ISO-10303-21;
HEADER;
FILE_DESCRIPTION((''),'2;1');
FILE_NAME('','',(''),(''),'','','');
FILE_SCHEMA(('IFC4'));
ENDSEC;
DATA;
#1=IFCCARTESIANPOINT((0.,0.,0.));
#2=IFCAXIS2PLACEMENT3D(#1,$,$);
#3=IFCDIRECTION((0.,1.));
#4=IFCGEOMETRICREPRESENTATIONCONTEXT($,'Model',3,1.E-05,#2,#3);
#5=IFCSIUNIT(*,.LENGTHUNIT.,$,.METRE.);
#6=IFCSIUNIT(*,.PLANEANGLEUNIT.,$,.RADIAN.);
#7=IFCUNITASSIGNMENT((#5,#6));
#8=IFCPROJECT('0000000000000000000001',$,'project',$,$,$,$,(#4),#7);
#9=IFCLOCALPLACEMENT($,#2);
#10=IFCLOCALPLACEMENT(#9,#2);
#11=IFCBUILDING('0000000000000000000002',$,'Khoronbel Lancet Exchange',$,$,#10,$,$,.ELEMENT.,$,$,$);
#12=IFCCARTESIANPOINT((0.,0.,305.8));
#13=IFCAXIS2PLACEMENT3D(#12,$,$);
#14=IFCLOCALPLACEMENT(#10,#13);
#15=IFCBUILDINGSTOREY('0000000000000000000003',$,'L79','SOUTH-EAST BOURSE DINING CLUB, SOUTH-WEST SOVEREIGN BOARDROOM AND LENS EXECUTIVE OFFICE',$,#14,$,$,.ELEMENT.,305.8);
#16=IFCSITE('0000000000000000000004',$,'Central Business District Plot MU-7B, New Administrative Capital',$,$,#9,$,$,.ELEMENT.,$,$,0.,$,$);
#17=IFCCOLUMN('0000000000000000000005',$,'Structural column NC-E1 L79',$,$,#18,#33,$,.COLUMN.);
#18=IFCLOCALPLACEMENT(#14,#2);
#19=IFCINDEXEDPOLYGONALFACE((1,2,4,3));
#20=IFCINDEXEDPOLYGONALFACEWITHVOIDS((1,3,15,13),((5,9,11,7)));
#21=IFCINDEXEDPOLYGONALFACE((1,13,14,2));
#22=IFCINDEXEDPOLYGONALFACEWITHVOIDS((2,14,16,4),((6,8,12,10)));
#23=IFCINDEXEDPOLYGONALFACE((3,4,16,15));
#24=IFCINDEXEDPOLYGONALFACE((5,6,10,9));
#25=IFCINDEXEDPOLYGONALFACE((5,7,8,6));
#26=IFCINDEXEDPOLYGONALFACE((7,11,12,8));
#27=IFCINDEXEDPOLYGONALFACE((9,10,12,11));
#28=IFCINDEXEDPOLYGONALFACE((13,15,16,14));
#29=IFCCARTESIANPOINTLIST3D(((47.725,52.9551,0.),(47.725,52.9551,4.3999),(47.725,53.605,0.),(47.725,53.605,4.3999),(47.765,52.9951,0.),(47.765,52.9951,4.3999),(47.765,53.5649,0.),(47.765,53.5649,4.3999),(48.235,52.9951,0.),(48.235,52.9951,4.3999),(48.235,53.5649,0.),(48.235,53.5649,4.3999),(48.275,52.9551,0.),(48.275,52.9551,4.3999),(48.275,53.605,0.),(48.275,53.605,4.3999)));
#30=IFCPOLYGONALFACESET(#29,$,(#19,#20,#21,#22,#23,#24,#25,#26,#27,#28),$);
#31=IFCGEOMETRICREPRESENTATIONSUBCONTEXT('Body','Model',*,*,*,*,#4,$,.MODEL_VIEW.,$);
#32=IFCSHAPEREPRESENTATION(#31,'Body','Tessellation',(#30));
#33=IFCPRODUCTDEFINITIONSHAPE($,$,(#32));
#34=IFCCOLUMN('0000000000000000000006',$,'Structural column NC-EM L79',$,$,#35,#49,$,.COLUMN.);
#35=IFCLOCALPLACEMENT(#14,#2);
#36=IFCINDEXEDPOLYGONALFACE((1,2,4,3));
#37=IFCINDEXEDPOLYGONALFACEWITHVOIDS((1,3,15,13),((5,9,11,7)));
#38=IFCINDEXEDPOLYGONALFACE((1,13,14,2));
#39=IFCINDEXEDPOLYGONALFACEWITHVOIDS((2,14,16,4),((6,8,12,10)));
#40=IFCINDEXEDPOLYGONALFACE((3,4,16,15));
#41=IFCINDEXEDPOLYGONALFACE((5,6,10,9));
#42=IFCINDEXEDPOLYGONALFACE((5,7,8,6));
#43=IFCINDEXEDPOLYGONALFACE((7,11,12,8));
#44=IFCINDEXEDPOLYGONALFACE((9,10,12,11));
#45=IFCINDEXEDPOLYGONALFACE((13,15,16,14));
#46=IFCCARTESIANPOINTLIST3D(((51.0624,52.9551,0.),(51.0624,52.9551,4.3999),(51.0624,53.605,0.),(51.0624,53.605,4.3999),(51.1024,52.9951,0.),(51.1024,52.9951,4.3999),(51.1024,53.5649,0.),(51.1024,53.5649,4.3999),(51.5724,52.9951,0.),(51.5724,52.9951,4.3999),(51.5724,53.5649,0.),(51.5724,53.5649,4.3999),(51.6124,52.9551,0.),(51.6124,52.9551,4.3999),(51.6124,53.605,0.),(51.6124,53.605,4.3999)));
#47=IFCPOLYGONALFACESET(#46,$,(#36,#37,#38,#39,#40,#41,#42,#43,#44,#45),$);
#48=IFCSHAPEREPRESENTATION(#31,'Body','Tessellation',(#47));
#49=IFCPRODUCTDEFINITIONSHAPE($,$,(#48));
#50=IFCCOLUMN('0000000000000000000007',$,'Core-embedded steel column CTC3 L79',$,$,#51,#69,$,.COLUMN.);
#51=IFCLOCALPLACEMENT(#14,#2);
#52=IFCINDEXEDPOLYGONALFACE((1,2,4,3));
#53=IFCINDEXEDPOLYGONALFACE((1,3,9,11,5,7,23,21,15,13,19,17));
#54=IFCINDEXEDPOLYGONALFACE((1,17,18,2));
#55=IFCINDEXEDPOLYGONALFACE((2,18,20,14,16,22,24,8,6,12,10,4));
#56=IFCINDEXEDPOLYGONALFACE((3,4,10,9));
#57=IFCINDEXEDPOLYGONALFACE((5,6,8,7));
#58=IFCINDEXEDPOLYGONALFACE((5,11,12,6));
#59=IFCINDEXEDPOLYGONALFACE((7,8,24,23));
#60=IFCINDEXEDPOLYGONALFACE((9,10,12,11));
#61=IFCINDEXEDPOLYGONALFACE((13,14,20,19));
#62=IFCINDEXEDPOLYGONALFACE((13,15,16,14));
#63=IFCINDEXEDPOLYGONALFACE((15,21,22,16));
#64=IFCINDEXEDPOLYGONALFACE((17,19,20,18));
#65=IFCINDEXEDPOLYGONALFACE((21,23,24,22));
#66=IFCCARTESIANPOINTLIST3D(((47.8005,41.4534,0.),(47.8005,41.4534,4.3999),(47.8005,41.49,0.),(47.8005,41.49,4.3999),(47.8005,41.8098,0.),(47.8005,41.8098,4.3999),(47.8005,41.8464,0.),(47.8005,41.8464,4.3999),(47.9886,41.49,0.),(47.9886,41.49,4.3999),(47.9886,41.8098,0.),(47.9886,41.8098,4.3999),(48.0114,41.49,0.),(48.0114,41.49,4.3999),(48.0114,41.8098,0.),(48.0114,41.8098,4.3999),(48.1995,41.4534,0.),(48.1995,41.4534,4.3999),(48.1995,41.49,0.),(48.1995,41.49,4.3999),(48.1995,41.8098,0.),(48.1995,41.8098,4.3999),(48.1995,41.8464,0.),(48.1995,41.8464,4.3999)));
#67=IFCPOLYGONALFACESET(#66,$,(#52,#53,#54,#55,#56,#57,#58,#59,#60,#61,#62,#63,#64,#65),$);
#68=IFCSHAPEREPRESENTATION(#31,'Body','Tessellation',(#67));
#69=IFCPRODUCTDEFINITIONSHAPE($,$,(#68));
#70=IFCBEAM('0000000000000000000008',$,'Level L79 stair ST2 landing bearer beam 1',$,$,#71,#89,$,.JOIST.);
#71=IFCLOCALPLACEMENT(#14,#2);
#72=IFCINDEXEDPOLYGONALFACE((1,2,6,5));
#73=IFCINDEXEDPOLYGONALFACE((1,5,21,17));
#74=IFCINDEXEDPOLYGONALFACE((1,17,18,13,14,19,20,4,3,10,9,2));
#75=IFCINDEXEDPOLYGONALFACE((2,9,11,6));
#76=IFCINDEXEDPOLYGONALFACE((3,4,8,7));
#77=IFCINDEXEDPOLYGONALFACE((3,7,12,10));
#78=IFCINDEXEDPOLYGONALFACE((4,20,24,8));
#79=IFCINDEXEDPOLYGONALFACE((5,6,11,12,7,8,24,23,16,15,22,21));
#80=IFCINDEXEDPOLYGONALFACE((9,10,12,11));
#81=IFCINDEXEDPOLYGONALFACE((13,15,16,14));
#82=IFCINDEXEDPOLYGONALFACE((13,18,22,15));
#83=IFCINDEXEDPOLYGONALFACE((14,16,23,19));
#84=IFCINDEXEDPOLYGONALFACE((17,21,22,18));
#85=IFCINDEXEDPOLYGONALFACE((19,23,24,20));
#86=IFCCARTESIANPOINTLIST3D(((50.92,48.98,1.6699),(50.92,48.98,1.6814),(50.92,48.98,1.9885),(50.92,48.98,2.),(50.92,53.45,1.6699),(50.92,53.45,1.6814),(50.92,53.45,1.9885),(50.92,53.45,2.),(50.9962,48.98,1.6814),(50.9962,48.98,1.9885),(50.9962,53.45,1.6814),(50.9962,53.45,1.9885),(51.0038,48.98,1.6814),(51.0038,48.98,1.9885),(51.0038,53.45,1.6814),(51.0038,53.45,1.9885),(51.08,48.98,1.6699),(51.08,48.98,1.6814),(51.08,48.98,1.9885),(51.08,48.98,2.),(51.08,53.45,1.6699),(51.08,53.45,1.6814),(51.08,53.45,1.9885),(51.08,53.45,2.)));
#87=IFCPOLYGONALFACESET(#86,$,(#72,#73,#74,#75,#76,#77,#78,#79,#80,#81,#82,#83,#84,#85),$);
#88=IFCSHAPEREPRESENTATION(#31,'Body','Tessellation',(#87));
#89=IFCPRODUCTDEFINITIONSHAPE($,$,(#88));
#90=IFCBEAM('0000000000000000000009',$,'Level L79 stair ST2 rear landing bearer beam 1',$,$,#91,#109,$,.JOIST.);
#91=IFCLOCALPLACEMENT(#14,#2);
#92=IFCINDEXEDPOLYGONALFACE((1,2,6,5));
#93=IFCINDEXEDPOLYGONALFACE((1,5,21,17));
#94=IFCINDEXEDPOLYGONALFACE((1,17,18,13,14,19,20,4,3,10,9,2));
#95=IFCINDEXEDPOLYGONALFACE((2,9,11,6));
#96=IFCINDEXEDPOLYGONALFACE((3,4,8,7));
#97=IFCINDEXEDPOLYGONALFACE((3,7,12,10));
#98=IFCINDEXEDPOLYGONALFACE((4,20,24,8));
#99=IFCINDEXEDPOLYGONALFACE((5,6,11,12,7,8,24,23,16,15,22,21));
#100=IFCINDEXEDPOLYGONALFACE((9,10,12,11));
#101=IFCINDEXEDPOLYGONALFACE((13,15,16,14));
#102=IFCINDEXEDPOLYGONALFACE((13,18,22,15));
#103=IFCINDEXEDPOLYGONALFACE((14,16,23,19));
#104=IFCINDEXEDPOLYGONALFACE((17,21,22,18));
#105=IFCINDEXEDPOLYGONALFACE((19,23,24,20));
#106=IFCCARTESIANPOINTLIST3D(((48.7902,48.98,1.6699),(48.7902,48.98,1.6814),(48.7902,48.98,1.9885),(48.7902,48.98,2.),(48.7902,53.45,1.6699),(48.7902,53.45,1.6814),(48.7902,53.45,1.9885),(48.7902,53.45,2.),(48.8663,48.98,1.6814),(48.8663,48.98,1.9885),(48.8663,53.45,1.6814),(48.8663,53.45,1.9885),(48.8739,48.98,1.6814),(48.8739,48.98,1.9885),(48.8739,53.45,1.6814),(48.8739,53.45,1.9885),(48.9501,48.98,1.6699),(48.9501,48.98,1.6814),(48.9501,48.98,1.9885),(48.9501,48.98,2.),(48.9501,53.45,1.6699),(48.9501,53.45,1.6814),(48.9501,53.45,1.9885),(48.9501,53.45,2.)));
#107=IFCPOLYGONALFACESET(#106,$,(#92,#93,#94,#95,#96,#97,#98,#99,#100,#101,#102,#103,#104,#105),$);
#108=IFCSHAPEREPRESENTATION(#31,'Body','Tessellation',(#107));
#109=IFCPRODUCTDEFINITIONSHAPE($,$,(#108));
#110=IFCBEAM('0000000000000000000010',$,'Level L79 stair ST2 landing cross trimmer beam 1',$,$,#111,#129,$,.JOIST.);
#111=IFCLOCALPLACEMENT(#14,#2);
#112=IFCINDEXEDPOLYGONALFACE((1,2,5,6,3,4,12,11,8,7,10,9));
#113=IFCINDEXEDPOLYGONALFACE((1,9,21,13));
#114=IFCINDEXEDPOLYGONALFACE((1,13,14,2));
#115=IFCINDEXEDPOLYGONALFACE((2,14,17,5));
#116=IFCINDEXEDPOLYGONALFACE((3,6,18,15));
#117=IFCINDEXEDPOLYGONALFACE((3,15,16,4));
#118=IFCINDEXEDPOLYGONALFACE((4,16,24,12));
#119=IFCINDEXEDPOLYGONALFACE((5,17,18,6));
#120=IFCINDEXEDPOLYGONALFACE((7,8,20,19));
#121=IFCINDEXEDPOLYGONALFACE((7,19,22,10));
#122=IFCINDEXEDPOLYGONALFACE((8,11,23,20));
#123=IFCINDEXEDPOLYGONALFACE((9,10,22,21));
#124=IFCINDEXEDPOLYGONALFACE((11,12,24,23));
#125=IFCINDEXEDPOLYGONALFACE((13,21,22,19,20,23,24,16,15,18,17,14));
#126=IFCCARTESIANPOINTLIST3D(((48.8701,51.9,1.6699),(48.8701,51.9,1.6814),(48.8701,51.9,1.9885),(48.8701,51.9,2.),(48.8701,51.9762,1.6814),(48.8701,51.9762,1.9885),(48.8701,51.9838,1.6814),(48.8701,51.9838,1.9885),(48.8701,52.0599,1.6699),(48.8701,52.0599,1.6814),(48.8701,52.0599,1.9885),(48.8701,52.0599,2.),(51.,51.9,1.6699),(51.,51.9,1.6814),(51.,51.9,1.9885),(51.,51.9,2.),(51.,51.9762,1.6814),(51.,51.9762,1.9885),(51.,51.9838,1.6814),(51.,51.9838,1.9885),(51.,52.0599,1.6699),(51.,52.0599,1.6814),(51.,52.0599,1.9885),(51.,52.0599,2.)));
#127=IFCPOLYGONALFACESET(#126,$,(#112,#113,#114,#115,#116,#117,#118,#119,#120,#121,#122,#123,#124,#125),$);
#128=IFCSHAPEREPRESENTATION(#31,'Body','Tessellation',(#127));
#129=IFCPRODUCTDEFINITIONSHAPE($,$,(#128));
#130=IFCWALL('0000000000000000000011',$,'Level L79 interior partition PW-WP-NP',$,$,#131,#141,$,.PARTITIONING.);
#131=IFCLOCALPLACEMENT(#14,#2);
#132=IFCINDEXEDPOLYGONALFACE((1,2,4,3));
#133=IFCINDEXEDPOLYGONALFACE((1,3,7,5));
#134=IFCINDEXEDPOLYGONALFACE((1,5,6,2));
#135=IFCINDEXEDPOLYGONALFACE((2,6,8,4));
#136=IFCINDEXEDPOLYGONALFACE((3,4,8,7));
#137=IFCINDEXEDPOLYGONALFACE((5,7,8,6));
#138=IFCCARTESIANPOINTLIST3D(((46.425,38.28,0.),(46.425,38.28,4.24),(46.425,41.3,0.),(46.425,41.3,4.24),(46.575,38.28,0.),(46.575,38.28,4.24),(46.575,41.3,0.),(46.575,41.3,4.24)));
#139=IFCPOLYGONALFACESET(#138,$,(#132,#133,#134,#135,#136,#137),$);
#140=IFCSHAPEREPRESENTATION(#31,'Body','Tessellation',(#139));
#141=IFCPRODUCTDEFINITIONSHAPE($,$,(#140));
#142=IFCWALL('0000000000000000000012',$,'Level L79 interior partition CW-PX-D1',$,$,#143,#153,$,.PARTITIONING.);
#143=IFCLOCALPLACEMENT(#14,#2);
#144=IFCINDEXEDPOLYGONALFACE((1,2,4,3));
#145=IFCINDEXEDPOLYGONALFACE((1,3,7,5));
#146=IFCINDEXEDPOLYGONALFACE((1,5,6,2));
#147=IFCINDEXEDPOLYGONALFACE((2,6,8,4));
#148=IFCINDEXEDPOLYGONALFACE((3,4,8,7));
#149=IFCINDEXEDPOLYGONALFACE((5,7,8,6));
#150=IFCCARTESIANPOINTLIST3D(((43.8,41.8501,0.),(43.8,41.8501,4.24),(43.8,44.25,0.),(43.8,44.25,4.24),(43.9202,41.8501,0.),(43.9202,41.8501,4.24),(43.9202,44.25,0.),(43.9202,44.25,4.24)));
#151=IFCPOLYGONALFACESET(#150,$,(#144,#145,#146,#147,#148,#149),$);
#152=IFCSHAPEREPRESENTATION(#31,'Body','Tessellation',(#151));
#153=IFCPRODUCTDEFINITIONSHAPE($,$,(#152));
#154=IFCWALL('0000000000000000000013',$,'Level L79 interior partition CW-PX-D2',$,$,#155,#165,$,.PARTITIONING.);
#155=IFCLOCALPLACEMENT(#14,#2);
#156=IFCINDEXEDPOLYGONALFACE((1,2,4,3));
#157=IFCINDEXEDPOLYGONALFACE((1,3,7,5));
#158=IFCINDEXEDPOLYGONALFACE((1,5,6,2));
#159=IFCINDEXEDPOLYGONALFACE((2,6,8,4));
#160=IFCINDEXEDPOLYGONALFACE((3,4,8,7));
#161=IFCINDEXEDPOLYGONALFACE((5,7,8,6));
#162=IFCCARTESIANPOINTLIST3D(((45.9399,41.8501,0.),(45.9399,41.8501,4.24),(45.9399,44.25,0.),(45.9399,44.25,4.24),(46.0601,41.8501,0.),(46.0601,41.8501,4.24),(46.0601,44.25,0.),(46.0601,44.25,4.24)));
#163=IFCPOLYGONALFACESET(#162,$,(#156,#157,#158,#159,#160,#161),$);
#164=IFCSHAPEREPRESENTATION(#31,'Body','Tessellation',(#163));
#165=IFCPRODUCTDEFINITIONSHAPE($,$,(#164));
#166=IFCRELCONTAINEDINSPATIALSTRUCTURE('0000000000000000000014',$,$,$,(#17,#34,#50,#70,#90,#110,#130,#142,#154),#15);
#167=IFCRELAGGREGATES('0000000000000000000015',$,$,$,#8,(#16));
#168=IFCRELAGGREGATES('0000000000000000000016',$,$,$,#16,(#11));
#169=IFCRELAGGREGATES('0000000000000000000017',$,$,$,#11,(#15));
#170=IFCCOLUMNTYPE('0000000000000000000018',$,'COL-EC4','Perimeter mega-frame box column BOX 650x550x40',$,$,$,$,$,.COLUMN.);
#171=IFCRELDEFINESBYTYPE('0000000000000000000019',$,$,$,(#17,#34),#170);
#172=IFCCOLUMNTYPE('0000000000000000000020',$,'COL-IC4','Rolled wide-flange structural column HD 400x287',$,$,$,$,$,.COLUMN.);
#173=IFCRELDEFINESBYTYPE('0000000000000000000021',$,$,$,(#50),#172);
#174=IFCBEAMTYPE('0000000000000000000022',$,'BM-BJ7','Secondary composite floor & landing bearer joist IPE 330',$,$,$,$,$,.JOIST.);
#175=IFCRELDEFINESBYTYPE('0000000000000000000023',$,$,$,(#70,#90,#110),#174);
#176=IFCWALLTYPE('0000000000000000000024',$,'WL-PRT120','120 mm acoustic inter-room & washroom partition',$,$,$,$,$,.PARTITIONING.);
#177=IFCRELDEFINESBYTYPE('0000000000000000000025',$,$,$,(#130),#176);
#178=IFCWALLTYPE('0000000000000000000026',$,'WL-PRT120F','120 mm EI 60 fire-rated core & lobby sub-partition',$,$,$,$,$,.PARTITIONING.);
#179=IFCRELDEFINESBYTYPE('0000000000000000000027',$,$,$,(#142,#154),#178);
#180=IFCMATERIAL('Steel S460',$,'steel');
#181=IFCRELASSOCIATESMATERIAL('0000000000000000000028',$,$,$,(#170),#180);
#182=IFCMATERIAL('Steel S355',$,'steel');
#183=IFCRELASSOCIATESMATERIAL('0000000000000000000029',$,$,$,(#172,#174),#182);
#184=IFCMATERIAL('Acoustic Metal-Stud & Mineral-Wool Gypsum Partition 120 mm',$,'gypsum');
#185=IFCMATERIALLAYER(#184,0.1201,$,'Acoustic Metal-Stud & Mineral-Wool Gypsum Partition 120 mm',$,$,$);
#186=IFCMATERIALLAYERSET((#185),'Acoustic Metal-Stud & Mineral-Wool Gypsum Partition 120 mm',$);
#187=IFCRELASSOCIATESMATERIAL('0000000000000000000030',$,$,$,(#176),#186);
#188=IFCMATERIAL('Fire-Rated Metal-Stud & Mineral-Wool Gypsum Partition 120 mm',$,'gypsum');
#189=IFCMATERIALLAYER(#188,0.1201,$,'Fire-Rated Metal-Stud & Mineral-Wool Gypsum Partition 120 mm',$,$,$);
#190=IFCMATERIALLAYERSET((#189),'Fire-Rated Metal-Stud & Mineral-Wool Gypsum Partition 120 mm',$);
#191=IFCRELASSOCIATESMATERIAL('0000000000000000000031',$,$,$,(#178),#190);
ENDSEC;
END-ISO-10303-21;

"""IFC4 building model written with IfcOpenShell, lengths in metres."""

from ifc_helpers import new_model, si_unit, direction, frame, frame_2d, origin, origin_2d, place, context, subcontext, project, spatial, rectangle, hollow_rectangle, i_section, extrude, material, layer, layer_set, material_profile, profile_set, type_object, element, save


model = new_model("IFC4")

# Units and contexts
model_context = context("Model", 3, precision=1e-05, world=origin(), true_north=direction((0.0, 1.0)))
body_context = subcontext(model_context, "Body", "Model", "MODEL_VIEW")
ifc_project = project(units=[si_unit("LENGTHUNIT", "METRE"), si_unit("PLANEANGLEUNIT", "RADIAN")], contexts=[model_context])

# Site, building, storey
site_placement = place(None, origin())
site = spatial("IfcSite", under=ifc_project, at=site_placement, Name="Central Business District Plot MU-7B, New Administrative Capital", CompositionType="ELEMENT", RefElevation=0.0)
building_placement = place(site_placement, origin())
building = spatial("IfcBuilding", under=site, at=building_placement, Name="Khoronbel Lancet Exchange", CompositionType="ELEMENT")
storey_placement = place(building_placement, frame((0.0, 0.0, 305.8)))
storey = spatial("IfcBuildingStorey", under=building, at=storey_placement, Name="L79", Description="SOUTH-EAST BOURSE DINING CLUB, SOUTH-WEST SOVEREIGN BOARDROOM AND LENS EXECUTIVE OFFICE", CompositionType="ELEMENT", Elevation=305.8)

# Columns
ifc_material_1 = material(Name="Steel S460", Category="steel")
ifc_material_profile_1 = material_profile(ifc_material_1, hollow_rectangle(XDim=0.55, YDim=0.6499, WallThickness=0.04, at=origin_2d()), Name="BOX 650x550x40")
ifc_profile_set_1 = profile_set([ifc_material_profile_1], Name="Steel S460")
column_type_1 = type_object("IfcColumnType", Name="COL-EC4", Description="Perimeter mega-frame box column BOX 650x550x40", PredefinedType="COLUMN", material=ifc_profile_set_1)
for number, where, z_axis, x_axis, name in (
    (1, (48.0, 53.28, 0.0), (0.0, 0.0, 1.0), (1.0, 0.0, 0.0), "Structural column NC-E1 L79"),
    (2, (51.3374, 53.28, 0.0), (0.0, 0.0, 1.0), (1.0, 0.0, 0.0), "Structural column NC-EM L79"),
):
    element("IfcColumn", number, at=place(storey_placement, frame(where, z_axis=z_axis, x_axis=x_axis)), inside=storey, type_object=column_type_1, Name=name, PredefinedType="COLUMN", context=body_context, shape_type="SweptSolid", body=[
        extrude(hollow_rectangle(XDim=0.55, YDim=0.6499, WallThickness=0.04, at=origin_2d()), origin(), (0.0, 0.0, 1.0), 4.3999),
    ])
ifc_material_2 = material(Name="Steel S355", Category="steel")
ifc_material_profile_2 = material_profile(ifc_material_2, i_section(OverallWidth=0.3989, OverallDepth=0.3931, WebThickness=0.0227, FlangeThickness=0.0366, at=origin_2d()), Name="HD 400x287")
ifc_profile_set_2 = profile_set([ifc_material_profile_2], Name="Steel S355")
column_type_2 = type_object("IfcColumnType", Name="COL-IC4", Description="Rolled wide-flange structural column HD 400x287", PredefinedType="COLUMN", material=ifc_profile_set_2)
column_placement = place(storey_placement, frame((48.0, 41.6499, 0.0), z_axis=(0.0, 0.0, 1.0), x_axis=(1.0, 0.0, 0.0)))
element("IfcColumn", 3, at=column_placement, inside=storey, type_object=column_type_2, Name="Core-embedded steel column CTC3 L79", PredefinedType="COLUMN", context=body_context, shape_type="SweptSolid", body=[
    extrude(i_section(OverallWidth=0.3989, OverallDepth=0.3931, WebThickness=0.0227, FlangeThickness=0.0366, at=origin_2d()), origin(), (0.0, 0.0, 1.0), 4.3999),
])

# Beams
ifc_material_profile_3 = material_profile(ifc_material_2, i_section(OverallWidth=0.1599, OverallDepth=0.3301, WebThickness=0.0076, FlangeThickness=0.0115, at=origin_2d()), Name="IPE 330")
ifc_profile_set_3 = profile_set([ifc_material_profile_3], Name="Steel S355")
beam_type = type_object("IfcBeamType", Name="BM-BJ7", Description="Secondary composite floor & landing bearer joist IPE 330", PredefinedType="JOIST", material=ifc_profile_set_3)
for number, where, z_axis, x_axis, name in (
    (4, (51.0, 48.98, 1.835), (0.0, 1.0, 0.0), (-1.0, 0.0, 0.0), "Level L79 stair ST2 landing bearer beam 1"),
    (5, (48.8701, 48.98, 1.835), (0.0, 1.0, 0.0), (-1.0, 0.0, 0.0), "Level L79 stair ST2 rear landing bearer beam 1"),
):
    element("IfcBeam", number, at=place(storey_placement, frame(where, z_axis=z_axis, x_axis=x_axis)), inside=storey, type_object=beam_type, Name=name, PredefinedType="JOIST", context=body_context, shape_type="SweptSolid", body=[
        extrude(i_section(OverallWidth=0.1599, OverallDepth=0.3301, WebThickness=0.0076, FlangeThickness=0.0115, at=origin_2d()), origin(), (0.0, 0.0, 1.0), 4.47),
    ])
beam_placement = place(storey_placement, frame((48.8701, 51.98, 1.835), z_axis=(1.0, 0.0, 0.0), x_axis=(0.0, 1.0, 0.0)))
element("IfcBeam", 6, at=beam_placement, inside=storey, type_object=beam_type, Name="Level L79 stair ST2 landing cross trimmer beam 1", PredefinedType="JOIST", context=body_context, shape_type="SweptSolid", body=[
    extrude(i_section(OverallWidth=0.1599, OverallDepth=0.3301, WebThickness=0.0076, FlangeThickness=0.0115, at=origin_2d()), origin(), (0.0, 0.0, 1.0), 2.1299),
])

# Walls
ifc_material_3 = material(Name="Acoustic Metal-Stud & Mineral-Wool Gypsum Partition 120 mm", Category="gypsum")
ifc_layer_1 = layer(ifc_material_3, 0.1201, Name="Acoustic Metal-Stud & Mineral-Wool Gypsum Partition 120 mm")
ifc_layer_set_1 = layer_set([ifc_layer_1], Name="Acoustic Metal-Stud & Mineral-Wool Gypsum Partition 120 mm")
wall_type_1 = type_object("IfcWallType", Name="WL-PRT120", Description="120 mm acoustic inter-room & washroom partition", PredefinedType="PARTITIONING", material=ifc_layer_set_1)
wall_1_placement = place(storey_placement, frame((46.5, 38.28, 0.0), z_axis=(0.0, 0.0, 1.0), x_axis=(0.0, 1.0, 0.0)))
element("IfcWall", 7, at=wall_1_placement, inside=storey, type_object=wall_type_1, Name="Level L79 interior partition PW-WP-NP", PredefinedType="PARTITIONING", context=body_context, shape_type="SweptSolid", body=[
    extrude(rectangle(XDim=3.02, YDim=0.1499, at=frame_2d((1.51, 0.0))), origin(), (0.0, 0.0, 1.0), 4.24),
])
ifc_material_4 = material(Name="Fire-Rated Metal-Stud & Mineral-Wool Gypsum Partition 120 mm", Category="gypsum")
ifc_layer_2 = layer(ifc_material_4, 0.1201, Name="Fire-Rated Metal-Stud & Mineral-Wool Gypsum Partition 120 mm")
ifc_layer_set_2 = layer_set([ifc_layer_2], Name="Fire-Rated Metal-Stud & Mineral-Wool Gypsum Partition 120 mm")
wall_type_2 = type_object("IfcWallType", Name="WL-PRT120F", Description="120 mm EI 60 fire-rated core & lobby sub-partition", PredefinedType="PARTITIONING", material=ifc_layer_set_2)
for number, where, z_axis, x_axis, name in (
    (8, (43.8601, 41.8501, 0.0), (0.0, 0.0, 1.0), (0.0, 1.0, 0.0), "Level L79 interior partition CW-PX-D1"),
    (9, (46.0, 41.8501, 0.0), (0.0, 0.0, 1.0), (0.0, 1.0, 0.0), "Level L79 interior partition CW-PX-D2"),
):
    element("IfcWall", number, at=place(storey_placement, frame(where, z_axis=z_axis, x_axis=x_axis)), inside=storey, type_object=wall_type_2, Name=name, PredefinedType="PARTITIONING", context=body_context, shape_type="SweptSolid", body=[
        extrude(rectangle(XDim=2.3999, YDim=0.1201, at=frame_2d((1.2, 0.0))), origin(), (0.0, 0.0, 1.0), 4.24),
    ])

save(model, "model.ifc")
